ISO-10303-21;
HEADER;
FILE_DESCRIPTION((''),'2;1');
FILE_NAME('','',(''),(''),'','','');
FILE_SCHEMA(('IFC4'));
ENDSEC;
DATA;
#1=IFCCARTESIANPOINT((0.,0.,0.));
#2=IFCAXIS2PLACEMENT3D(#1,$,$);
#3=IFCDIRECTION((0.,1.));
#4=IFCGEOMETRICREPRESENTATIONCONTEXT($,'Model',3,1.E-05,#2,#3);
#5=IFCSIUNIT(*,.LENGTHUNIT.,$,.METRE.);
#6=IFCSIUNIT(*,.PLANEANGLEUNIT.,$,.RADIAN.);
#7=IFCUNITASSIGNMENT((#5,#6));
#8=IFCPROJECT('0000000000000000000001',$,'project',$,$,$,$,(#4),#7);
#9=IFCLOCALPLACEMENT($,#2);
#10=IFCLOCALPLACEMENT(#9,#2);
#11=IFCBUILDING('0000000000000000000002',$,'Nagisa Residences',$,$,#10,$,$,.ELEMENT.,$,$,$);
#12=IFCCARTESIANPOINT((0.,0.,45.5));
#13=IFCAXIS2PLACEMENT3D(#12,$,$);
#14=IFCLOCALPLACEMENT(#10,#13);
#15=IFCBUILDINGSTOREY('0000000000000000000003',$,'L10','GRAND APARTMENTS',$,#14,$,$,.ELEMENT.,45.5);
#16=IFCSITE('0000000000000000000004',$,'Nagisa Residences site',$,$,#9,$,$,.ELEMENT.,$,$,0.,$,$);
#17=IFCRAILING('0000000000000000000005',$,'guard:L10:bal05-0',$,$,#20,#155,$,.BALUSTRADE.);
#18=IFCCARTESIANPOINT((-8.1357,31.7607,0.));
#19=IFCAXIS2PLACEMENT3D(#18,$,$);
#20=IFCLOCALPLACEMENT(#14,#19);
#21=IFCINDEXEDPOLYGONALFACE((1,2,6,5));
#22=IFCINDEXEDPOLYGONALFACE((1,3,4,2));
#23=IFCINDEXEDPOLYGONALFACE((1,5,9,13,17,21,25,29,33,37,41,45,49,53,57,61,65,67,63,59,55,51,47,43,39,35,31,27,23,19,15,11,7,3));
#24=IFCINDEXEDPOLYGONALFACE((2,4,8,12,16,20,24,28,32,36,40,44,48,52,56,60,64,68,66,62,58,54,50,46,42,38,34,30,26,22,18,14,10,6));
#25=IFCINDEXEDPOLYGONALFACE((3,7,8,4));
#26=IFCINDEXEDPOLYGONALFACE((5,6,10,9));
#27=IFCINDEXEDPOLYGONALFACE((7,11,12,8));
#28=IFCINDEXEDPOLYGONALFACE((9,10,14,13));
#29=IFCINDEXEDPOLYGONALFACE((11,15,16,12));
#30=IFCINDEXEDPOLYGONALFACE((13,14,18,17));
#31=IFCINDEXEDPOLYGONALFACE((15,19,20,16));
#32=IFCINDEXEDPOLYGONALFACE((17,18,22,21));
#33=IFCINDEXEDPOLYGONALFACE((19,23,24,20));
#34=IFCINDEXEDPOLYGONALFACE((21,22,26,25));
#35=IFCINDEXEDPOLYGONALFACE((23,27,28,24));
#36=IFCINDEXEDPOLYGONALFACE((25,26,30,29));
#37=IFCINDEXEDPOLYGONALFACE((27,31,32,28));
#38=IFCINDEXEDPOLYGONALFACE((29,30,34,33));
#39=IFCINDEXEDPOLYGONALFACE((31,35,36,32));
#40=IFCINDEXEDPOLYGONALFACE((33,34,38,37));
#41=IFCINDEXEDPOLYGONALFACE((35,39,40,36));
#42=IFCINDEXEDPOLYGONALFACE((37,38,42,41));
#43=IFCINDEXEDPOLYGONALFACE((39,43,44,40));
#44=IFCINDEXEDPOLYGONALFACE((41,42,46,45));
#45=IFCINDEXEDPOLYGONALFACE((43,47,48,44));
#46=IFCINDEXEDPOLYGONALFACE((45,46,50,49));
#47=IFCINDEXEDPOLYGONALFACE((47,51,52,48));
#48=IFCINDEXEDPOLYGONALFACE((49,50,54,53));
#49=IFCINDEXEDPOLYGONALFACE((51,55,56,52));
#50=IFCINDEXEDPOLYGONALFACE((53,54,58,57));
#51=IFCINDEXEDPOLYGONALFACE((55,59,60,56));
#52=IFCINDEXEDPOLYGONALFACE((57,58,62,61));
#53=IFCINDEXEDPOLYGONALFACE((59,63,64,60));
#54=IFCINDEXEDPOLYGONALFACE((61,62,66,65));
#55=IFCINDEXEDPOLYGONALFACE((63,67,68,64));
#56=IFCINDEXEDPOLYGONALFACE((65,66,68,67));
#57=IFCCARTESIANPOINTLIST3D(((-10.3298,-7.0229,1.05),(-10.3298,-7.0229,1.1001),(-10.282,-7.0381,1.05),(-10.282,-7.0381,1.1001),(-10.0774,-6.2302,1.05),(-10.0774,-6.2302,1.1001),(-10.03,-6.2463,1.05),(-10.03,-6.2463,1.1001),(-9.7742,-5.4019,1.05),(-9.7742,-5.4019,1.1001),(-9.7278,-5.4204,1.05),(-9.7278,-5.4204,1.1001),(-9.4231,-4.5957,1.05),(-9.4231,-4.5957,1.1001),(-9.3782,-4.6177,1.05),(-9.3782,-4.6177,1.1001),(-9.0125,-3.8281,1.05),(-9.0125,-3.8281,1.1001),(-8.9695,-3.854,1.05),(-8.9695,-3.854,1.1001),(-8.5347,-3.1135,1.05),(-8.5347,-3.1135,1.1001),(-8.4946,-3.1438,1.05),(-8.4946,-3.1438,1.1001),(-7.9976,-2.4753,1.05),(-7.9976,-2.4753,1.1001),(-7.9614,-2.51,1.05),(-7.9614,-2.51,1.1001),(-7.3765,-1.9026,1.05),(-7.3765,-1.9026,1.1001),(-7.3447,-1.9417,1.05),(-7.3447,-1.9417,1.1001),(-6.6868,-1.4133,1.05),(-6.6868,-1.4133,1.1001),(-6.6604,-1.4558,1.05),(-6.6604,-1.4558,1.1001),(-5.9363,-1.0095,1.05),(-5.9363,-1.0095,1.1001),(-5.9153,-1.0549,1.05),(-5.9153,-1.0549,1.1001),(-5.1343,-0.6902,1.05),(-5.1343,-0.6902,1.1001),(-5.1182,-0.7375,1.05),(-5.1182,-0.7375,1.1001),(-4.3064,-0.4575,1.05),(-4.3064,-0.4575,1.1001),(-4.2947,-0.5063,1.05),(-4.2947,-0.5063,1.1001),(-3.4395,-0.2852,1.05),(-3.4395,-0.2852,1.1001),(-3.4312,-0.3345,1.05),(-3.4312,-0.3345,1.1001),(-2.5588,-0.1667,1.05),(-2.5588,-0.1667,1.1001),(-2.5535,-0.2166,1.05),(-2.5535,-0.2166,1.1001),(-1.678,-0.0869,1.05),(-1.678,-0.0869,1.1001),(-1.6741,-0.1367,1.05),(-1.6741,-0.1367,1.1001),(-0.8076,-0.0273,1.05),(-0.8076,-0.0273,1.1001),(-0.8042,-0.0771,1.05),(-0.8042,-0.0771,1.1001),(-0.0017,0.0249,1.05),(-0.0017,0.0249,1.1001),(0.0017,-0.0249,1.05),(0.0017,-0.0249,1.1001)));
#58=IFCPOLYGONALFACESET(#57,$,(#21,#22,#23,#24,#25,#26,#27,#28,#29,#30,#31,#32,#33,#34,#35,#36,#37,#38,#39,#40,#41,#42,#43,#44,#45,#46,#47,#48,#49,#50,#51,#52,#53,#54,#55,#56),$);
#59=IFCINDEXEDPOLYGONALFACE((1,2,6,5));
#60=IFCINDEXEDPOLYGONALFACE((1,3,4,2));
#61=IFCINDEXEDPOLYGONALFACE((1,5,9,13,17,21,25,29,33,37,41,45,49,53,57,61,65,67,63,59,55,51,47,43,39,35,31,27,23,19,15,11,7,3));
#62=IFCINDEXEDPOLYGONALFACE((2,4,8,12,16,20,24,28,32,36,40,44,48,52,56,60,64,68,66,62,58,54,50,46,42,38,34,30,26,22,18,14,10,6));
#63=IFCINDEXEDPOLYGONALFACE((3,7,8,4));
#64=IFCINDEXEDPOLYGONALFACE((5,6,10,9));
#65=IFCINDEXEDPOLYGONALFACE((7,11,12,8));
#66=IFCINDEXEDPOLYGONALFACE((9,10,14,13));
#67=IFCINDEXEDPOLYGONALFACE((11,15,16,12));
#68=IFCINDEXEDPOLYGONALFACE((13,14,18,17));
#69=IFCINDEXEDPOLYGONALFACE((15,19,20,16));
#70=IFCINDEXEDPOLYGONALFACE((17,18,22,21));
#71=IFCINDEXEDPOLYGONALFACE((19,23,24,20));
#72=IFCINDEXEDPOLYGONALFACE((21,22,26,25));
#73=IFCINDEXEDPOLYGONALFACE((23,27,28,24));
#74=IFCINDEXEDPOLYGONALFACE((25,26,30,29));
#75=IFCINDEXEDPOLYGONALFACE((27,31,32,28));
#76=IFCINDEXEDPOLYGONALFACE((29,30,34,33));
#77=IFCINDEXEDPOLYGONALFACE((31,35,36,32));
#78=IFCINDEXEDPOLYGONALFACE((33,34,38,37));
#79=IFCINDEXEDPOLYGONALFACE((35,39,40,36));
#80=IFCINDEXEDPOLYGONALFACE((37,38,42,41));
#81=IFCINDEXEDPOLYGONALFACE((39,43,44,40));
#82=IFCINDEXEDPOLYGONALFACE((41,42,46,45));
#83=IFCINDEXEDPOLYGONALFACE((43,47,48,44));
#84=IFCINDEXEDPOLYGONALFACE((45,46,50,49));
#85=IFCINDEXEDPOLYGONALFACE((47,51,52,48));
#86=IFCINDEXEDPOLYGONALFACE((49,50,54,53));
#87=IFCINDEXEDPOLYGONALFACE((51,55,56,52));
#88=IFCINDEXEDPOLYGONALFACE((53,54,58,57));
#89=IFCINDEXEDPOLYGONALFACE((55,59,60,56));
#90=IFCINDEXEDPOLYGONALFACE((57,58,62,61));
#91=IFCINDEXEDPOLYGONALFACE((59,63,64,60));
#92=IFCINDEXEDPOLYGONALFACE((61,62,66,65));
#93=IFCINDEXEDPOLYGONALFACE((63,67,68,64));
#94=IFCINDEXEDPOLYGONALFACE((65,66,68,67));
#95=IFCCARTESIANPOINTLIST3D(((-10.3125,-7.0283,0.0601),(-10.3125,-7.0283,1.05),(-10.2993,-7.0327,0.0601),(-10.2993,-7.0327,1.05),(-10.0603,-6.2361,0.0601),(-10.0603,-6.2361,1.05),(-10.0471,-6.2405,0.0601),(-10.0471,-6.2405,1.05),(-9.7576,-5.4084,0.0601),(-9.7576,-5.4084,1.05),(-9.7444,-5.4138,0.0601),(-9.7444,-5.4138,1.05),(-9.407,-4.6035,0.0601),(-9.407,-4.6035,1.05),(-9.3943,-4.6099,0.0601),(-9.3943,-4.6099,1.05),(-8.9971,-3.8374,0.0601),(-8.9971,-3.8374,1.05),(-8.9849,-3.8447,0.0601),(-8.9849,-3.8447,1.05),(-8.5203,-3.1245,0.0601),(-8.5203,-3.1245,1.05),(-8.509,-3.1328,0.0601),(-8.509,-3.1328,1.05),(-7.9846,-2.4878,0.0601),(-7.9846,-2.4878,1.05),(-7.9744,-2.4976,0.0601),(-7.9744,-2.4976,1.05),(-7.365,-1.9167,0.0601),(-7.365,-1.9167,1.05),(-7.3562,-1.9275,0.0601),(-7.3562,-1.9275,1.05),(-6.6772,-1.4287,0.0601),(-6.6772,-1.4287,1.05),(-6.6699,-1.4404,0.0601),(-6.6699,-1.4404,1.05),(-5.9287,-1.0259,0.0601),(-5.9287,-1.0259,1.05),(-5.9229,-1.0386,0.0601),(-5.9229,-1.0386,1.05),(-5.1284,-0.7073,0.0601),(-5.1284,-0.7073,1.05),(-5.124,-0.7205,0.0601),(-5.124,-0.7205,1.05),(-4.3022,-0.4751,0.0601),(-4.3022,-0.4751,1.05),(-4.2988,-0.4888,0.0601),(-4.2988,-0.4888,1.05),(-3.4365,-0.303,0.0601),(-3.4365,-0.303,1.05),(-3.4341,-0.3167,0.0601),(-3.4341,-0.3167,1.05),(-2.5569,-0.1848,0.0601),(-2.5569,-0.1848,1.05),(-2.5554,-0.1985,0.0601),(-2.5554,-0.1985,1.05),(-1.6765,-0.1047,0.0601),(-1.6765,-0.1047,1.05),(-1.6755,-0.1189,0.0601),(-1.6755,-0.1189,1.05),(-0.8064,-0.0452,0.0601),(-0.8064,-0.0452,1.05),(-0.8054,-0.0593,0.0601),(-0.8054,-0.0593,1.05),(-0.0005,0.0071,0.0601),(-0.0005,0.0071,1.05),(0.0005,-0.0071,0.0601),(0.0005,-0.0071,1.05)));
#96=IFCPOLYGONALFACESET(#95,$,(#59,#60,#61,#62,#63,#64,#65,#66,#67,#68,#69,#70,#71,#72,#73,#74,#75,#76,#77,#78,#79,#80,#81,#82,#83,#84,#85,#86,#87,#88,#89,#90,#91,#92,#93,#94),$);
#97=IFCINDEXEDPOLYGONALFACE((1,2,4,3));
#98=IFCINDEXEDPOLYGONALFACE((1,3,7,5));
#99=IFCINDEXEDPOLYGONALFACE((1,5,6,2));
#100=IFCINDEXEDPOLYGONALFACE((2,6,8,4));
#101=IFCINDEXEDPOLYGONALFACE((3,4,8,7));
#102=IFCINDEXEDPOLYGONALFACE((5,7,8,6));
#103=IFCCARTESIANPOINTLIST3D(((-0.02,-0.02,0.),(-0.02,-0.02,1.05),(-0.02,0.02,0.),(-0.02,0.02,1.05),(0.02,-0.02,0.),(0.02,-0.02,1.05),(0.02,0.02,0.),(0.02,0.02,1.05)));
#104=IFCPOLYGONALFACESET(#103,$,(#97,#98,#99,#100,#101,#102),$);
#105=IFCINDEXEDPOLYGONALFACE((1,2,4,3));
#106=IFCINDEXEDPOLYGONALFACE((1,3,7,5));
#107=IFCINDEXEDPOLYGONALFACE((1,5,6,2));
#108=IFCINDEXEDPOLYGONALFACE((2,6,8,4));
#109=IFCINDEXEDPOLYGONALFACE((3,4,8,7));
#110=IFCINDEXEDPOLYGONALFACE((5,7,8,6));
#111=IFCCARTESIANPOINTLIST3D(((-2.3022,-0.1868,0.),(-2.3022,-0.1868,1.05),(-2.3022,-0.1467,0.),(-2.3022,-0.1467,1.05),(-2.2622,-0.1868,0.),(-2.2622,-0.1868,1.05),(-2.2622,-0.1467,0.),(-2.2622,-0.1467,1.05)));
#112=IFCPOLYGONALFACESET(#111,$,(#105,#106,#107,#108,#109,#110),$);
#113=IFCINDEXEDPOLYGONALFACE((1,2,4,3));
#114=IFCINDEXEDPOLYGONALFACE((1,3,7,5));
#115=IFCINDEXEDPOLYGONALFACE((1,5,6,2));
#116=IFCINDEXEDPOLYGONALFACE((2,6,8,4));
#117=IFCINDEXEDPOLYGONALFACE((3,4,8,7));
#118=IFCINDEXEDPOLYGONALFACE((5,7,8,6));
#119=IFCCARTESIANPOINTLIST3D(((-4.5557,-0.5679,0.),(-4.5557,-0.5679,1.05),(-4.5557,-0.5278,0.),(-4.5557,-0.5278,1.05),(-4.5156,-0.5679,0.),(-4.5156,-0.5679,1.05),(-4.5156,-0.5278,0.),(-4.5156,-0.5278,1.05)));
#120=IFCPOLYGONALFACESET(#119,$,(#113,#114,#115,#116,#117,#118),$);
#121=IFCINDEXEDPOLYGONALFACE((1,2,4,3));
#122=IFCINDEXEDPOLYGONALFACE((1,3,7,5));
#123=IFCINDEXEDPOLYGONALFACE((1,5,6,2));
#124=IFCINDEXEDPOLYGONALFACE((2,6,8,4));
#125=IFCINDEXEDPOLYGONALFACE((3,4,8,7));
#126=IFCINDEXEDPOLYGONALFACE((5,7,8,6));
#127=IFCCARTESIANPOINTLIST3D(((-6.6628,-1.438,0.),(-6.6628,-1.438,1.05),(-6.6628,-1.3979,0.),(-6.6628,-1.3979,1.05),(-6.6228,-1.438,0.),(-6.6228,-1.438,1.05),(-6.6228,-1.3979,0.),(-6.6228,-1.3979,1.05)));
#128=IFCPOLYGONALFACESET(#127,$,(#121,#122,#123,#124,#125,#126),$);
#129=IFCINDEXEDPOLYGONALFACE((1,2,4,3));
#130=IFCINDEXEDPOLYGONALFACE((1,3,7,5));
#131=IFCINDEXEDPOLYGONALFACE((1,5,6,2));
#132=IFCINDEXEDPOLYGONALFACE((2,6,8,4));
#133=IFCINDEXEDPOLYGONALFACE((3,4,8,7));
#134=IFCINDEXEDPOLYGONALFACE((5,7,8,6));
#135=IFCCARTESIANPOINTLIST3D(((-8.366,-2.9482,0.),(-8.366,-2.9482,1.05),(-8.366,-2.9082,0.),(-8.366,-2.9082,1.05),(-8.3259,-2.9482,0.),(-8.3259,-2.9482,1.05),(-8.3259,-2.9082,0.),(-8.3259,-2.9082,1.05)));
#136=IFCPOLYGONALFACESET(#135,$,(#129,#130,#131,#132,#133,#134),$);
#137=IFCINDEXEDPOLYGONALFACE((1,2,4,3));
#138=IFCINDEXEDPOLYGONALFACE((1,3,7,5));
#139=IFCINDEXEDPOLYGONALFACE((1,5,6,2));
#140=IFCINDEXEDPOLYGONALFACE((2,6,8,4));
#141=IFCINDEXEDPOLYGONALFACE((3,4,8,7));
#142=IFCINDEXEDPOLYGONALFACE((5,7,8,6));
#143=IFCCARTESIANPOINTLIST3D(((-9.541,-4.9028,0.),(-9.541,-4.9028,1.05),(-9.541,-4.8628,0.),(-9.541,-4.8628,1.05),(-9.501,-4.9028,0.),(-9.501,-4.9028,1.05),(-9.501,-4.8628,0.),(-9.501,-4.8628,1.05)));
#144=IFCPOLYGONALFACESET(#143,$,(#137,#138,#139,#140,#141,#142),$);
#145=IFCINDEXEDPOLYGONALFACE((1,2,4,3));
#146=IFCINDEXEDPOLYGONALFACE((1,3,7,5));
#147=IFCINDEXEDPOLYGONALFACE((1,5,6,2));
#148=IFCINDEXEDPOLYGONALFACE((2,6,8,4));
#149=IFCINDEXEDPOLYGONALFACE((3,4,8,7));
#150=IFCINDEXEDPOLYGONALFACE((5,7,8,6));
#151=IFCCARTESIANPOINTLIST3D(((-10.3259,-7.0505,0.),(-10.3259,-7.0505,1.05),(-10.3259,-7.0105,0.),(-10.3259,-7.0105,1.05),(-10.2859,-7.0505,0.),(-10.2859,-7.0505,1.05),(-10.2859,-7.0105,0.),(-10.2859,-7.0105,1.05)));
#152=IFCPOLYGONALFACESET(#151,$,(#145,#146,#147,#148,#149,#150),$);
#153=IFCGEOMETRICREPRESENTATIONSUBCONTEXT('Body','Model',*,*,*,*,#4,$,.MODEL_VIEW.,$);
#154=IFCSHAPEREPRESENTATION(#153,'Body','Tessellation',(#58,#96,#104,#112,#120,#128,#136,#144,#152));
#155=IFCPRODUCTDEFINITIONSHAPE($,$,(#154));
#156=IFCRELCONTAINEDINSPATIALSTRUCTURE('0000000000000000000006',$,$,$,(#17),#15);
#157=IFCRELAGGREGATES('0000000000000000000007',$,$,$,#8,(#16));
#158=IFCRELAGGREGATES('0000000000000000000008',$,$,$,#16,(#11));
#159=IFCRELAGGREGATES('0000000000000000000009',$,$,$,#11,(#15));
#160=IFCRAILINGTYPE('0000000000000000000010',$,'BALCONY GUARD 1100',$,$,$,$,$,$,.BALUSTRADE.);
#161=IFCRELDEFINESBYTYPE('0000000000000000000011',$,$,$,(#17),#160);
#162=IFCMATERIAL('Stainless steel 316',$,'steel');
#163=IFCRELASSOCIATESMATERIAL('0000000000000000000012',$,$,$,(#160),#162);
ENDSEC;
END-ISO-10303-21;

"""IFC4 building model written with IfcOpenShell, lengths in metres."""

from ifc_helpers import new_model, si_unit, direction, frame, origin, origin_2d, place, context, subcontext, project, spatial, polyline, rectangle, outline, extrude, material, type_object, element, save


model = new_model("IFC4")

# Units and contexts
model_context = context("Model", 3, precision=1e-05, world=origin(), true_north=direction((0.0, 1.0)))
body_context = subcontext(model_context, "Body", "Model", "MODEL_VIEW")
ifc_project = project(units=[si_unit("LENGTHUNIT", "METRE"), si_unit("PLANEANGLEUNIT", "RADIAN")], contexts=[model_context])

# Site, building, storey
site_placement = place(None, origin())
site = spatial("IfcSite", under=ifc_project, at=site_placement, Name="Nagisa Residences site", CompositionType="ELEMENT", RefElevation=0.0)
building_placement = place(site_placement, origin())
building = spatial("IfcBuilding", under=site, at=building_placement, Name="Nagisa Residences", CompositionType="ELEMENT")
storey_placement = place(building_placement, frame((0.0, 0.0, 45.5)))
storey = spatial("IfcBuildingStorey", under=building, at=storey_placement, Name="L10", Description="GRAND APARTMENTS", CompositionType="ELEMENT", Elevation=45.5)

# Railing
ifc_material_1 = material(Name="Stainless steel 316", Category="steel")
railing_type = type_object("IfcRailingType", Name="BALCONY GUARD 1100", PredefinedType="BALUSTRADE", material=ifc_material_1)
railing_placement = place(storey_placement, frame((-8.1357, 31.7607, 0.0)))
element("IfcRailing", 1, at=railing_placement, inside=storey, type_object=railing_type, Name="guard:L10:bal05-0", PredefinedType="BALUSTRADE", context=body_context, shape_type="SweptSolid", body=[
    extrude(outline(polyline([(-0.8042, -0.0771), (0.0017, -0.0249), (-0.0017, 0.0249), (-0.8076, -0.0273), (-1.678, -0.0869), (-2.5588, -0.1667), (-3.4395, -0.2852), (-4.3064, -0.4575), (-5.1343, -0.6902), (-5.9363, -1.0095), (-6.6868, -1.4133), (-7.3765, -1.9026), (-7.9976, -2.4753), (-8.5347, -3.1135), (-9.0125, -3.8281), (-9.4231, -4.5957), (-9.7742, -5.4019), (-10.0774, -6.2302), (-10.3298, -7.0229), (-10.282, -7.0381), (-10.03, -6.2463), (-9.7278, -5.4204), (-9.3782, -4.6177), (-8.9695, -3.854), (-8.4946, -3.1438), (-7.9614, -2.51), (-7.3447, -1.9417), (-6.6604, -1.4558), (-5.9153, -1.0549), (-5.1182, -0.7375), (-4.2947, -0.5063), (-3.4312, -0.3345), (-2.5535, -0.2166), (-1.6741, -0.1367), (-0.8042, -0.0771)])), frame((0.0, 0.0, 1.05)), (0.0, 0.0, 1.0), 0.05),
    extrude(outline(polyline([(-0.8054, -0.0593), (0.0005, -0.0071), (-0.0005, 0.0071), (-0.8064, -0.0452), (-1.6765, -0.1047), (-2.5569, -0.1848), (-3.4365, -0.303), (-4.3022, -0.4751), (-5.1284, -0.7073), (-5.9287, -1.0259), (-6.6772, -1.4287), (-7.365, -1.9167), (-7.9846, -2.4878), (-8.5203, -3.1245), (-8.9971, -3.8374), (-9.407, -4.6035), (-9.7576, -5.4084), (-10.0603, -6.2361), (-10.3125, -7.0283), (-10.2993, -7.0327), (-10.0471, -6.2405), (-9.7444, -5.4138), (-9.3943, -4.6099), (-8.9849, -3.8447), (-8.509, -3.1328), (-7.9744, -2.4976), (-7.3562, -1.9275), (-6.6699, -1.4404), (-5.9229, -1.0386), (-5.124, -0.7205), (-4.2988, -0.4888), (-3.4341, -0.3167), (-2.5554, -0.1985), (-1.6755, -0.1189), (-0.8054, -0.0593)])), frame((0.0, 0.0, 0.0601)), (0.0, 0.0, 1.0), 0.99),
    extrude(rectangle(XDim=0.04, YDim=0.04, at=origin_2d()), origin(), (0.0, 0.0, 1.0), 1.05),
    extrude(rectangle(XDim=0.04, YDim=0.04, at=origin_2d()), frame((-2.2822, -0.1667, 0.0)), (0.0, 0.0, 1.0), 1.05),
    extrude(rectangle(XDim=0.04, YDim=0.04, at=origin_2d()), frame((-4.5356, -0.5479, 0.0)), (0.0, 0.0, 1.0), 1.05),
    extrude(rectangle(XDim=0.04, YDim=0.04, at=origin_2d()), frame((-6.6428, -1.418, 0.0)), (0.0, 0.0, 1.0), 1.05),
    extrude(rectangle(XDim=0.04, YDim=0.04, at=origin_2d()), frame((-8.3459, -2.9282, 0.0)), (0.0, 0.0, 1.0), 1.05),
    extrude(rectangle(XDim=0.04, YDim=0.04, at=origin_2d()), frame((-9.521, -4.8828, 0.0)), (0.0, 0.0, 1.0), 1.05),
    extrude(rectangle(XDim=0.04, YDim=0.04, at=origin_2d()), frame((-10.3059, -7.0305, 0.0)), (0.0, 0.0, 1.0), 1.05),
])

save(model, "model.ifc")
